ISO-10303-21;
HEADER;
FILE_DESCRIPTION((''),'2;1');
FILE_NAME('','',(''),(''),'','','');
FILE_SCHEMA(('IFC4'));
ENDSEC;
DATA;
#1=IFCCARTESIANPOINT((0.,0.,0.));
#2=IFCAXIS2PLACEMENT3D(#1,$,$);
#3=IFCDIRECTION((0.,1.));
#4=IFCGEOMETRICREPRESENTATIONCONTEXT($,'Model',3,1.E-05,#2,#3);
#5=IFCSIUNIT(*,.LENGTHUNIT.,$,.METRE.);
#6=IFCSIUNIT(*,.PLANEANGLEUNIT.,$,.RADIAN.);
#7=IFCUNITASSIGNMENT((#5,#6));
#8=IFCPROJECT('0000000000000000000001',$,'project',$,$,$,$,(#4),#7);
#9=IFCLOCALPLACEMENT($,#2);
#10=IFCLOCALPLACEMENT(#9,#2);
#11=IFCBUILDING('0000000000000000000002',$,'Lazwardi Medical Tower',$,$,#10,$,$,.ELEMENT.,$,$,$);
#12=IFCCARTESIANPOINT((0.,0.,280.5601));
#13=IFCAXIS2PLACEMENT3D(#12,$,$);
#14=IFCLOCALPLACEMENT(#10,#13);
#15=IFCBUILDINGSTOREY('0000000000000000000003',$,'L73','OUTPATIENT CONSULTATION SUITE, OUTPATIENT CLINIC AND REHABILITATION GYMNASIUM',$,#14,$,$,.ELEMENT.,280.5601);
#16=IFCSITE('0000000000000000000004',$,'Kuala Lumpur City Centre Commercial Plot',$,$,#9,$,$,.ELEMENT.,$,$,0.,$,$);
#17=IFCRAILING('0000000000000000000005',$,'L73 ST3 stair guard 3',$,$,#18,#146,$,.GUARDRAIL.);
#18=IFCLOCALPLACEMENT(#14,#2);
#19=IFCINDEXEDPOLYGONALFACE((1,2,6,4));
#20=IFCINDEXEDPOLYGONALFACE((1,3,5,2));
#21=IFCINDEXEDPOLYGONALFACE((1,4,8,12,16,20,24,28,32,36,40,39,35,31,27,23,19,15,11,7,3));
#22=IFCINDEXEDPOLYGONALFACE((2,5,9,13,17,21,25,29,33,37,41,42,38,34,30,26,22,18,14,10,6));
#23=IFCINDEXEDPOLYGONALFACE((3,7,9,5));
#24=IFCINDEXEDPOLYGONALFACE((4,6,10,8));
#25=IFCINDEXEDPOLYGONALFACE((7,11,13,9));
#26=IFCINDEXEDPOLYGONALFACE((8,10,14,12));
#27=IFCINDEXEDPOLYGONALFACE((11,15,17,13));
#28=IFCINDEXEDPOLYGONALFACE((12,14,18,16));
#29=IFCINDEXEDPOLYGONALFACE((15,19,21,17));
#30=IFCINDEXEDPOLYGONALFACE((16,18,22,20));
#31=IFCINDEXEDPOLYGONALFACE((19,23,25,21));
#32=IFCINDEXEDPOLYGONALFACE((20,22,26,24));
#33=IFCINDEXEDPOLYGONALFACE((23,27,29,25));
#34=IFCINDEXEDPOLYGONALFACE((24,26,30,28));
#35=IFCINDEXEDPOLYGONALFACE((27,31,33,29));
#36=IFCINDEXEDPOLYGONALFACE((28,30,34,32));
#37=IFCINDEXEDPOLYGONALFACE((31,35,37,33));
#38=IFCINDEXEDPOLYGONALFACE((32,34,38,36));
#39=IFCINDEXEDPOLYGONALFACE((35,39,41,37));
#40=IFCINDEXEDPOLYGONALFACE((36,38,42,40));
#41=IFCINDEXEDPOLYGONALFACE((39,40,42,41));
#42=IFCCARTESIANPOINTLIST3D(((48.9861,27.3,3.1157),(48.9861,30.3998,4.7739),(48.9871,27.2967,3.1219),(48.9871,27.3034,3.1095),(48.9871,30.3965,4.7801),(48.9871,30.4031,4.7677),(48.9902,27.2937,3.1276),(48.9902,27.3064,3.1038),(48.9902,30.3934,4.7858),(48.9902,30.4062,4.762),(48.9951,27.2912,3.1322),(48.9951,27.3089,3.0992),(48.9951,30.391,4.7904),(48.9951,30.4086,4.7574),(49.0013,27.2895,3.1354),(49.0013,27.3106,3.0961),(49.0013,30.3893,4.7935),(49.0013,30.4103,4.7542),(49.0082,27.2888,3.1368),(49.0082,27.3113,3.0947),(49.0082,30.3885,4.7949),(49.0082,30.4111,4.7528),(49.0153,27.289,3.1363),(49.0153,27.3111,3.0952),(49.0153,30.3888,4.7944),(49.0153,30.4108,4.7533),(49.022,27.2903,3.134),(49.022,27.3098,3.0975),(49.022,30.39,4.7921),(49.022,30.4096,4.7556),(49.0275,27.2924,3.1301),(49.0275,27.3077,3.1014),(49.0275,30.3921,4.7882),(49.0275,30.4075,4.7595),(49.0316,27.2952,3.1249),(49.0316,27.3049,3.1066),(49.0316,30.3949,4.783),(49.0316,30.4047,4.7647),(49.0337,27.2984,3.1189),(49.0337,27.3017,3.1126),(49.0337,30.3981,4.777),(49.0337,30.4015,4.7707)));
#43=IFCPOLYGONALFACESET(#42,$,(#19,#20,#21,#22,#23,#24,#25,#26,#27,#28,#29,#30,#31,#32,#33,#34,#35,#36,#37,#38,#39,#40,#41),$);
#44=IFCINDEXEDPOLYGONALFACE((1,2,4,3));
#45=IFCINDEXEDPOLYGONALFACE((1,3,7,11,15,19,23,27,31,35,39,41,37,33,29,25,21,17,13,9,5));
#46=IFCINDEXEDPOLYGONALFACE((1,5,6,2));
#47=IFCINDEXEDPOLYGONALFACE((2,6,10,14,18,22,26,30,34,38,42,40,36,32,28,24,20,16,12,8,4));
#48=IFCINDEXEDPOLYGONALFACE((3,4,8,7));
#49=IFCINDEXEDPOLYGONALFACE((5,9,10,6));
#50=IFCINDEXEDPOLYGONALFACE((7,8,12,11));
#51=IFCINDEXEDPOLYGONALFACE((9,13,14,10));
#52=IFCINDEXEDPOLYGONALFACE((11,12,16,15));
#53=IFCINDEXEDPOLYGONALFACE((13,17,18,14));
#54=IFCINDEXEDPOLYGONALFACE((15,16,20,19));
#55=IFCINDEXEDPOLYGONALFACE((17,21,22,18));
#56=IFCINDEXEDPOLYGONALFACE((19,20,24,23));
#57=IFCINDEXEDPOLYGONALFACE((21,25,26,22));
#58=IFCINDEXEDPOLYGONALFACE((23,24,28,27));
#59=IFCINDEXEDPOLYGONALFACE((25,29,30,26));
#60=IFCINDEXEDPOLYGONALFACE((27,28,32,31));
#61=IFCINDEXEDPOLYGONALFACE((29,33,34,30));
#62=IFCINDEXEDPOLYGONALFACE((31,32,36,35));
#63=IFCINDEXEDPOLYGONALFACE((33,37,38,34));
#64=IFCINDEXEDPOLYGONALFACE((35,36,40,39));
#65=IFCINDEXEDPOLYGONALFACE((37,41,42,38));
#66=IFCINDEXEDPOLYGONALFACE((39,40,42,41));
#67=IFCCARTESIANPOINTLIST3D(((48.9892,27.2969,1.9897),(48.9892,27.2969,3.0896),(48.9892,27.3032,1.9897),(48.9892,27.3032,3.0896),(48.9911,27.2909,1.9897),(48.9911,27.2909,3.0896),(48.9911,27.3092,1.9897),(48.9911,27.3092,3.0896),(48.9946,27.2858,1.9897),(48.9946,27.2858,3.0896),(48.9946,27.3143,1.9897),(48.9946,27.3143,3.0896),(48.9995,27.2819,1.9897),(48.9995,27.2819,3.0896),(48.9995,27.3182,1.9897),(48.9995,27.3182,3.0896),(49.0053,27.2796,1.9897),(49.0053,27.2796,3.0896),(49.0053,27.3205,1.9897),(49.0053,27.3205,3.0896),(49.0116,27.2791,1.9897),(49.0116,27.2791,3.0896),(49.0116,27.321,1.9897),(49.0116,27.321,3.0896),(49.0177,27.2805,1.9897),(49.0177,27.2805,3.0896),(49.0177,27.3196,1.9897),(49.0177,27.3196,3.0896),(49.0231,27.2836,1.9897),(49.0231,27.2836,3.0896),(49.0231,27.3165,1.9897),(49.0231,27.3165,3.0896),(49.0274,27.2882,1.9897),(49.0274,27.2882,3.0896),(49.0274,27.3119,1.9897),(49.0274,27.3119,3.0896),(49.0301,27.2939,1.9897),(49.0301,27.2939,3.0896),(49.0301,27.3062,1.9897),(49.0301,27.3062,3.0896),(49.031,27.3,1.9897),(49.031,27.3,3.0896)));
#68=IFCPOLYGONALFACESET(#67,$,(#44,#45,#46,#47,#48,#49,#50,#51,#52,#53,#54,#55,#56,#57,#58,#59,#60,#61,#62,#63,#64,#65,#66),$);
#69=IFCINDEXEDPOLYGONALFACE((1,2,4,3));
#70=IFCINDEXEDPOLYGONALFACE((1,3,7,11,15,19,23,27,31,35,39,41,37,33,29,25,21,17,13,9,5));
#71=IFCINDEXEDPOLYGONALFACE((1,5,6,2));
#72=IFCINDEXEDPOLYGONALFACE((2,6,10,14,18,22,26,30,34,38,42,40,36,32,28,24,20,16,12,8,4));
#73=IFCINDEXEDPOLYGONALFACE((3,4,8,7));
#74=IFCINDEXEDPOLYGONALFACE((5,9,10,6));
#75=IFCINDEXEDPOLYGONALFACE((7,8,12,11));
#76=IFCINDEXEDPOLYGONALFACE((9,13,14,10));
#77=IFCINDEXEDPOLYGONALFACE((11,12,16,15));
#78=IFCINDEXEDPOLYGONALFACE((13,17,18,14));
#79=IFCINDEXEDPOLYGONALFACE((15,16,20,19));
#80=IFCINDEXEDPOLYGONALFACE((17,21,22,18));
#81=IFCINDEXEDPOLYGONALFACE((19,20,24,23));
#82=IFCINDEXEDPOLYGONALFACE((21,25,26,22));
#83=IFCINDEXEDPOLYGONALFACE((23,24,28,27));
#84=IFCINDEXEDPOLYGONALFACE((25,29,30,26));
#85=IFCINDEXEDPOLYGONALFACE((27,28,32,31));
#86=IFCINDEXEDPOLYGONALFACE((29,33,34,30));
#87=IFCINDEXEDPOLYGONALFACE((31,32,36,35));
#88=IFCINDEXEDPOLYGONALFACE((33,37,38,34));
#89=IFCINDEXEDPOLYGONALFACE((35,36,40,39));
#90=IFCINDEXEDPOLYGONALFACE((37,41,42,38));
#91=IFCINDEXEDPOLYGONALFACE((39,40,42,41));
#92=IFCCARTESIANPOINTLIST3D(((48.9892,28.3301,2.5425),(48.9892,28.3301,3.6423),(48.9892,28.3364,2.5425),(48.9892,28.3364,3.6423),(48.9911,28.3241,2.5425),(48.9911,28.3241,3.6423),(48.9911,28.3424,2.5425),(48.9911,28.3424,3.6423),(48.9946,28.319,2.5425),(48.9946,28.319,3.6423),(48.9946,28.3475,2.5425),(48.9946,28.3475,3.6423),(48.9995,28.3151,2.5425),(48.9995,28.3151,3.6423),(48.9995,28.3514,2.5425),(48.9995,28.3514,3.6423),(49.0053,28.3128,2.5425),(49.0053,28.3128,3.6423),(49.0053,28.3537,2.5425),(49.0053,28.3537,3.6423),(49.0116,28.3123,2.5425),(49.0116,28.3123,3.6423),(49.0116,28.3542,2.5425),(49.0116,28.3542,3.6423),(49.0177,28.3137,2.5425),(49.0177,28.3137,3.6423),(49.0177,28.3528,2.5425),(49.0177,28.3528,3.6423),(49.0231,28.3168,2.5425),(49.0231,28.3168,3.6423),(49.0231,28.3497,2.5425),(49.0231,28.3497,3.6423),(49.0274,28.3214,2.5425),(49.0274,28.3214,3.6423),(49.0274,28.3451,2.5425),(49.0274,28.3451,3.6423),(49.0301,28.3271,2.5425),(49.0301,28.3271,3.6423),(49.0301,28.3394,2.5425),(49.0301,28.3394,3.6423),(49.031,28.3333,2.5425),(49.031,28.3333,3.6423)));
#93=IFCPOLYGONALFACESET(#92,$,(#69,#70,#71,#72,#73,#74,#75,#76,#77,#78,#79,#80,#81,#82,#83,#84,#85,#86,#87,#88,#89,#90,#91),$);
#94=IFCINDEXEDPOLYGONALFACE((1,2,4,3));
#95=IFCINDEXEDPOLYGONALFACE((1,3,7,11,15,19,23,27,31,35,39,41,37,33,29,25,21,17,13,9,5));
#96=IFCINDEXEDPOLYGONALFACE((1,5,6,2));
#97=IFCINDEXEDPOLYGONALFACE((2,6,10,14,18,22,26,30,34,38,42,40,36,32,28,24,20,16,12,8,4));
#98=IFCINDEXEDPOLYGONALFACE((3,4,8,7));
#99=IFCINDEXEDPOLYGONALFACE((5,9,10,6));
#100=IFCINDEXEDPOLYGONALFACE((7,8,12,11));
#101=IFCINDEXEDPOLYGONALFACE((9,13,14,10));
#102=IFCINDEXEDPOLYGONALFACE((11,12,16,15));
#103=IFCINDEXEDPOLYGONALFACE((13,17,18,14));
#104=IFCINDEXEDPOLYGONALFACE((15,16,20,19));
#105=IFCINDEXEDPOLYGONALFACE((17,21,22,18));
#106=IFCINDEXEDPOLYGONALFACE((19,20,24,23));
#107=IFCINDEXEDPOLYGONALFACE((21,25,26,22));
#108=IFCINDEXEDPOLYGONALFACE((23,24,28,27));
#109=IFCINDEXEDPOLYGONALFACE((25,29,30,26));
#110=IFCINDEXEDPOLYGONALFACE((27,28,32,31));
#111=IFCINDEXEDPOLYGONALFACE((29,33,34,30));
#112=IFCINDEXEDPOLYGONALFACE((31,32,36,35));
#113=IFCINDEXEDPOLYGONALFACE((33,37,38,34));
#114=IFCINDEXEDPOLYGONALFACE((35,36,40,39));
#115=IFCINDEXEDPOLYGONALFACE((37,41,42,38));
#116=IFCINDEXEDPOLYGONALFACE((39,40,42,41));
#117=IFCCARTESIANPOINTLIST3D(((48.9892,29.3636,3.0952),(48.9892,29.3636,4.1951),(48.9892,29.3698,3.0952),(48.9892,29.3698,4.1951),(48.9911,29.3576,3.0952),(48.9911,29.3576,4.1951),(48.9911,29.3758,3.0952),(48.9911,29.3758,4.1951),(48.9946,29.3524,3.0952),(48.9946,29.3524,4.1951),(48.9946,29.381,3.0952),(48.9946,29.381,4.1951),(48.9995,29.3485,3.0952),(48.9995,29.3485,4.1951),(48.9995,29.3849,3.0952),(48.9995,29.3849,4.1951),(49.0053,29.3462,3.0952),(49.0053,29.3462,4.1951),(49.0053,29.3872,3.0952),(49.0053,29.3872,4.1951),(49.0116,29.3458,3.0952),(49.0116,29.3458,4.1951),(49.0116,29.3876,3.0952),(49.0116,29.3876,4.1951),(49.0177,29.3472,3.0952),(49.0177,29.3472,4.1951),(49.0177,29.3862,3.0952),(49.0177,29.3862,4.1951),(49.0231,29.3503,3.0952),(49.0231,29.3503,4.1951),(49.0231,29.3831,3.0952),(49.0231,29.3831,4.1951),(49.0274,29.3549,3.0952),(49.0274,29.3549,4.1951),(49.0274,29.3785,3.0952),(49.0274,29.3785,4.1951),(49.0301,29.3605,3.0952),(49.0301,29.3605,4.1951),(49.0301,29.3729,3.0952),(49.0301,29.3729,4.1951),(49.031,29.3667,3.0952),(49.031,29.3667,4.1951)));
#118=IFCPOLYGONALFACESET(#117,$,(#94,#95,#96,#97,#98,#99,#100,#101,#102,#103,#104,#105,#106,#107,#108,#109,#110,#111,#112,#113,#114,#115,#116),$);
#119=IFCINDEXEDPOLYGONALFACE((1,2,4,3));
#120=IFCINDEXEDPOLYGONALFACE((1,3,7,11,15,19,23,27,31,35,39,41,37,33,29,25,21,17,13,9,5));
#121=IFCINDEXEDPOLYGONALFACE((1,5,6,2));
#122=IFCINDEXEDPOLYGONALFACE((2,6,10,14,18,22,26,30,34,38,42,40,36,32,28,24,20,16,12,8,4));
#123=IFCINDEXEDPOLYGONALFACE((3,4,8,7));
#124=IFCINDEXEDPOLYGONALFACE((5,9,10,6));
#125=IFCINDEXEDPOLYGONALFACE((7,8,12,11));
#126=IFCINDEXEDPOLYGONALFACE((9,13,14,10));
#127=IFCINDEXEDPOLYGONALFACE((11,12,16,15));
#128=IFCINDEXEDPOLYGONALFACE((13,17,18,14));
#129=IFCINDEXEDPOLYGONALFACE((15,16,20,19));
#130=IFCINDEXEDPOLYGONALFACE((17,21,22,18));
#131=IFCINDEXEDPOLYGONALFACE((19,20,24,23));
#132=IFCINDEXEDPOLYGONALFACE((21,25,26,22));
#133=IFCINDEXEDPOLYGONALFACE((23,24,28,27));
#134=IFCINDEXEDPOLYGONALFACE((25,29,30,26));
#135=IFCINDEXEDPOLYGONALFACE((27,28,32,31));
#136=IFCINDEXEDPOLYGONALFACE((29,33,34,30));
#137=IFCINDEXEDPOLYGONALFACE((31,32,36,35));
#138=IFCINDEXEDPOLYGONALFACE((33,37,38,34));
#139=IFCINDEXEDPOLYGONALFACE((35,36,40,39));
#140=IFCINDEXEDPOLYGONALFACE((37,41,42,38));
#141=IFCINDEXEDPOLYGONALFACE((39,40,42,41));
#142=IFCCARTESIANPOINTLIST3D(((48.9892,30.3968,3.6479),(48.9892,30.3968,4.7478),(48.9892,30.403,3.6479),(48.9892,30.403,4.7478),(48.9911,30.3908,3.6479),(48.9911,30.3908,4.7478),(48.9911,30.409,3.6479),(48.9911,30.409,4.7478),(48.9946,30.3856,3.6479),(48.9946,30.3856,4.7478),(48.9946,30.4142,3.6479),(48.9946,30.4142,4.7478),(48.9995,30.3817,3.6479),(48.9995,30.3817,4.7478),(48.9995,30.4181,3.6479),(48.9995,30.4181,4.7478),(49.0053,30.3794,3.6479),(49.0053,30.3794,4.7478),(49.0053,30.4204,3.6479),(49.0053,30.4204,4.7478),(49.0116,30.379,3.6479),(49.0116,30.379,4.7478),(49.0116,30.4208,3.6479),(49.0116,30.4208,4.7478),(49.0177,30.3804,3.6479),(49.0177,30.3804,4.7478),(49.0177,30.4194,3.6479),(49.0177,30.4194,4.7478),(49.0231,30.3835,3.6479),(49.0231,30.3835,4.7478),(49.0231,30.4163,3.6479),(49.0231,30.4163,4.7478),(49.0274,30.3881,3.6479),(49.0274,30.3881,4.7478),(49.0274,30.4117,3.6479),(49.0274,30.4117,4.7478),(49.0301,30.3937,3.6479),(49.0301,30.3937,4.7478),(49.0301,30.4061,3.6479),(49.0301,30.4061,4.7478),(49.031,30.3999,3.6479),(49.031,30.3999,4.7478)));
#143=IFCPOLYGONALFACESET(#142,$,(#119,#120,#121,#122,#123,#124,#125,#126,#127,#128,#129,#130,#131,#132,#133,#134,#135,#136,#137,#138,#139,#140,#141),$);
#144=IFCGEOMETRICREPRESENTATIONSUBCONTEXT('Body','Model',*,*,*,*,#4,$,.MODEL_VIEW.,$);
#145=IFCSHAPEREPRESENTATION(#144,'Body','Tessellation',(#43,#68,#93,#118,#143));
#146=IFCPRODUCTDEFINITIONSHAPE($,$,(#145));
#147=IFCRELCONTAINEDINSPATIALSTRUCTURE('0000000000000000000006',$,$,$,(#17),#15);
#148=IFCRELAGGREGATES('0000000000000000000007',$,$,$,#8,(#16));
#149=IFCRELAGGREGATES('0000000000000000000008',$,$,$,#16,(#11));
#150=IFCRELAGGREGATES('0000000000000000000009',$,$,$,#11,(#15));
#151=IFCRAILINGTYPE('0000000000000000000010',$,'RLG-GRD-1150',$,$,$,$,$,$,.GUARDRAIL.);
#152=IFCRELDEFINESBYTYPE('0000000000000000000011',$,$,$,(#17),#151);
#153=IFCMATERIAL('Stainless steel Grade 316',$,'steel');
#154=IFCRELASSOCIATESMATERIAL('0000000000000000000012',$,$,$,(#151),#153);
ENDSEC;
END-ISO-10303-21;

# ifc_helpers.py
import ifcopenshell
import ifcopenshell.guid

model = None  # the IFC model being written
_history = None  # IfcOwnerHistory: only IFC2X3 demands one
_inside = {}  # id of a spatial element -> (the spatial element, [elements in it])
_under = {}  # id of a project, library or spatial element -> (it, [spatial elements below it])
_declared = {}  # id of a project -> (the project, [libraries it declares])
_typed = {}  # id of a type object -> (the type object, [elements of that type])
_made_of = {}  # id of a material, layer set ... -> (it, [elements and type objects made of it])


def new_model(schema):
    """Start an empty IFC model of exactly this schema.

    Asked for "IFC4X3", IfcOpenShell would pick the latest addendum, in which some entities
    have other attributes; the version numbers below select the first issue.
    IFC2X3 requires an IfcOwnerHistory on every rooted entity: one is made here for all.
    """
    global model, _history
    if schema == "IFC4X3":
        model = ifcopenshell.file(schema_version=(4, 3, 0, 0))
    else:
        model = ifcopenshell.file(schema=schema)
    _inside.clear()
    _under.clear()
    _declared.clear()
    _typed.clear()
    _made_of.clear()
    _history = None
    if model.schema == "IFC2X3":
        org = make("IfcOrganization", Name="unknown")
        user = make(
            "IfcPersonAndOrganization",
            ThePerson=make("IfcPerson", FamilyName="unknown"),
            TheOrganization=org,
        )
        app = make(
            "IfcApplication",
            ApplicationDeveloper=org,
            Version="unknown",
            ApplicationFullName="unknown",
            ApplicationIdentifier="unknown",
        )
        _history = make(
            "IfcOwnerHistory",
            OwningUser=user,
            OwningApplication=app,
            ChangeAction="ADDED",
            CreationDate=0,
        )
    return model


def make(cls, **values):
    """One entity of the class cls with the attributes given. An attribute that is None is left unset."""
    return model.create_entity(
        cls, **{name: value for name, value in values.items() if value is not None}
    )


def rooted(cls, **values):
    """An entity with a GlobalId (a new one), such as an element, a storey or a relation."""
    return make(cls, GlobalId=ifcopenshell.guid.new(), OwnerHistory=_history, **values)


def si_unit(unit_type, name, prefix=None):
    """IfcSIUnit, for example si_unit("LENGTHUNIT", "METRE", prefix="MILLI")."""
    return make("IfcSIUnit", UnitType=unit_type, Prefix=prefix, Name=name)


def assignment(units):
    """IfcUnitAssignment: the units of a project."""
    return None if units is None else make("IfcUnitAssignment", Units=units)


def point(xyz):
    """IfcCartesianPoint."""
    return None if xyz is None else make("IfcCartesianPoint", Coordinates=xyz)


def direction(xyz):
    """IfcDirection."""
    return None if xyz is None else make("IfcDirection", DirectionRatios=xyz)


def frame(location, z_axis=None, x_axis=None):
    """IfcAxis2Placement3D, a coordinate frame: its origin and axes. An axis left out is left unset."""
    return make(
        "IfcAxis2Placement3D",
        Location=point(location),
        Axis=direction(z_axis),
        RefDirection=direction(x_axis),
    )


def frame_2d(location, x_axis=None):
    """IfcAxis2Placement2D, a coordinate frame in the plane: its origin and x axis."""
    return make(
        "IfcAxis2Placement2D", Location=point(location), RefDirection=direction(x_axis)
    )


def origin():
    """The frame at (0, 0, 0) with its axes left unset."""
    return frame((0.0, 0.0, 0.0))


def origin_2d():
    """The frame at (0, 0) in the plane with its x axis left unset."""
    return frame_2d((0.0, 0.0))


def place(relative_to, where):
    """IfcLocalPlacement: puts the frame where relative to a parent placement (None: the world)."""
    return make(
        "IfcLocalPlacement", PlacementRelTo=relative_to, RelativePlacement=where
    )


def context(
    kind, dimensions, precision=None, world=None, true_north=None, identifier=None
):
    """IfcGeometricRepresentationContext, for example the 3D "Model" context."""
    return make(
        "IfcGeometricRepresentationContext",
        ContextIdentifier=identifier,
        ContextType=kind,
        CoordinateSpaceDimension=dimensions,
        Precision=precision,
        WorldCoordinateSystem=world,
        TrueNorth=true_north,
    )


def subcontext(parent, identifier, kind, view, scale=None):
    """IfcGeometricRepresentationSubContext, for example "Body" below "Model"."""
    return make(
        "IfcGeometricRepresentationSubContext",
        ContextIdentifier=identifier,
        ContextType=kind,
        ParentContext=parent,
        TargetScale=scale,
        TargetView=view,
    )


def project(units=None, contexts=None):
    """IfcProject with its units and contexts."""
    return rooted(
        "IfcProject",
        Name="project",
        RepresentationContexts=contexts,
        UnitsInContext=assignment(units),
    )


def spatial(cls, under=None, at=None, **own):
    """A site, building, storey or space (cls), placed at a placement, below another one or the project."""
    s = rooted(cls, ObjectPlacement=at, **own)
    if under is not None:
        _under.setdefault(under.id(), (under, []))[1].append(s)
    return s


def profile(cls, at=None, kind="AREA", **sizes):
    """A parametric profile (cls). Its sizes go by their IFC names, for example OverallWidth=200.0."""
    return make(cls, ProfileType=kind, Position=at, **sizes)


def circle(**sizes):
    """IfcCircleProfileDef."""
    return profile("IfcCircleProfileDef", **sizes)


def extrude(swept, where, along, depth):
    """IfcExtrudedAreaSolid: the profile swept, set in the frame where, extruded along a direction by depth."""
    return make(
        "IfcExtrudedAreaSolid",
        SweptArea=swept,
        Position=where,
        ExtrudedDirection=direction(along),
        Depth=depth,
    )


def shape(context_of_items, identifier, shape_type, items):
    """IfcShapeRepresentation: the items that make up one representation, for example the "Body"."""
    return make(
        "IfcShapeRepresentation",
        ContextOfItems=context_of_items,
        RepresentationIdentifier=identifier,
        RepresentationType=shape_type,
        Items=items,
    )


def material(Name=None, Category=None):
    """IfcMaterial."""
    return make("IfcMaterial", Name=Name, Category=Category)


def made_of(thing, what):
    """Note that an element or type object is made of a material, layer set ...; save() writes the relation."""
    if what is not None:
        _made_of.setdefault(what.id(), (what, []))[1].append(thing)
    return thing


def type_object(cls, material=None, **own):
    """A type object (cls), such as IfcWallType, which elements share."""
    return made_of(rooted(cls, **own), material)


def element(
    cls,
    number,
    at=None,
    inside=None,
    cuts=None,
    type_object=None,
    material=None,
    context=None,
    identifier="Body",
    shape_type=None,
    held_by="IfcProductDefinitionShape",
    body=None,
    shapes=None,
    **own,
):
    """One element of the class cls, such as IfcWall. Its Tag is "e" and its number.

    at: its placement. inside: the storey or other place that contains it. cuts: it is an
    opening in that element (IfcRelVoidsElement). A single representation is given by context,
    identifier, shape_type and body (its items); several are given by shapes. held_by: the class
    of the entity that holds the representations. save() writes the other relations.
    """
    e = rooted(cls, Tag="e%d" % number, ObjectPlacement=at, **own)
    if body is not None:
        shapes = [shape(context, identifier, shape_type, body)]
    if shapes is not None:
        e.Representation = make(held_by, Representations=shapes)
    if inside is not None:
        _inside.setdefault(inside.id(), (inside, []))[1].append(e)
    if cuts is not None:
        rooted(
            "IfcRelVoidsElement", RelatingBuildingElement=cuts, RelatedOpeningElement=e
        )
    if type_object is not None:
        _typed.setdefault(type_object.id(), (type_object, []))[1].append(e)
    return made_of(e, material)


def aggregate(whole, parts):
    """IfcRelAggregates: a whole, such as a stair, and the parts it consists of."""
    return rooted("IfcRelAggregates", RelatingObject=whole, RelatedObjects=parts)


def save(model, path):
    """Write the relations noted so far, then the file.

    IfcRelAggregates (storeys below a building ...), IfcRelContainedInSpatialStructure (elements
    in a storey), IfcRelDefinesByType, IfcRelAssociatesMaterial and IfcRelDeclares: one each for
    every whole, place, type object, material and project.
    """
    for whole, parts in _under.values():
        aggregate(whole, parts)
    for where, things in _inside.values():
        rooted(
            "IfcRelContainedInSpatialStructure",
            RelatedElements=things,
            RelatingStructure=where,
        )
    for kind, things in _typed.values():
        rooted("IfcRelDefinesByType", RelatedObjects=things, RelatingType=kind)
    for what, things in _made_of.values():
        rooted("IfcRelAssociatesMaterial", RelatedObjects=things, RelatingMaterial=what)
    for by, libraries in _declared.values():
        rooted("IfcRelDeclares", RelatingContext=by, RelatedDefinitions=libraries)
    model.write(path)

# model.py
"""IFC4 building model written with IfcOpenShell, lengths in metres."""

from ifc_helpers import new_model, si_unit, direction, frame, origin, origin_2d, place, context, subcontext, project, spatial, circle, extrude, material, type_object, element, save


model = new_model("IFC4")

# Units and contexts
model_context = context("Model", 3, precision=1e-05, world=origin(), true_north=direction((0.0, 1.0)))
body_context = subcontext(model_context, "Body", "Model", "MODEL_VIEW")
ifc_project = project(units=[si_unit("LENGTHUNIT", "METRE"), si_unit("PLANEANGLEUNIT", "RADIAN")], contexts=[model_context])

# Site, building, storey
site_placement = place(None, origin())
site = spatial("IfcSite", under=ifc_project, at=site_placement, Name="Kuala Lumpur City Centre Commercial Plot", CompositionType="ELEMENT", RefElevation=0.0)
building_placement = place(site_placement, origin())
building = spatial("IfcBuilding", under=site, at=building_placement, Name="Lazwardi Medical Tower", CompositionType="ELEMENT")
storey_placement = place(building_placement, frame((0.0, 0.0, 280.5601)))
storey = spatial("IfcBuildingStorey", under=building, at=storey_placement, Name="L73", Description="OUTPATIENT CONSULTATION SUITE, OUTPATIENT CLINIC AND REHABILITATION GYMNASIUM", CompositionType="ELEMENT", Elevation=280.5601)

# Railing
ifc_material_1 = material(Name="Stainless steel Grade 316", Category="steel")
railing_type_1 = type_object("IfcRailingType", Name="RLG-GRD-1150", PredefinedType="GUARDRAIL", material=ifc_material_1)
railing_1_placement = place(storey_placement, frame((49.01, 27.3, 1.9897)))
element("IfcRailing", 1, at=railing_1_placement, inside=storey, type_object=railing_type_1, Name="L73 ST3 stair guard 3", PredefinedType="GUARDRAIL", context=body_context, shape_type="SweptSolid", body=[
    extrude(circle(Radius=0.0239, at=origin_2d()), frame((0.0, 0.0, 1.126), z_axis=(0.0, 0.881768, 0.471684), x_axis=(-1.0, 0.0, 0.0)), (0.0, 0.0, 1.0), 3.5154),
    extrude(circle(Radius=0.021, at=origin_2d()), origin(), (0.0, 0.0, 1.0), 1.0999),
    extrude(circle(Radius=0.021, at=origin_2d()), frame((0.0, 1.0332, 0.5527)), (0.0, 0.0, 1.0), 1.0999),
    extrude(circle(Radius=0.021, at=origin_2d()), frame((0.0, 2.0667, 1.1055)), (0.0, 0.0, 1.0), 1.0999),
    extrude(circle(Radius=0.021, at=origin_2d()), frame((0.0, 3.0999, 1.6582)), (0.0, 0.0, 1.0), 1.0999),
])

save(model, "model.ifc")
